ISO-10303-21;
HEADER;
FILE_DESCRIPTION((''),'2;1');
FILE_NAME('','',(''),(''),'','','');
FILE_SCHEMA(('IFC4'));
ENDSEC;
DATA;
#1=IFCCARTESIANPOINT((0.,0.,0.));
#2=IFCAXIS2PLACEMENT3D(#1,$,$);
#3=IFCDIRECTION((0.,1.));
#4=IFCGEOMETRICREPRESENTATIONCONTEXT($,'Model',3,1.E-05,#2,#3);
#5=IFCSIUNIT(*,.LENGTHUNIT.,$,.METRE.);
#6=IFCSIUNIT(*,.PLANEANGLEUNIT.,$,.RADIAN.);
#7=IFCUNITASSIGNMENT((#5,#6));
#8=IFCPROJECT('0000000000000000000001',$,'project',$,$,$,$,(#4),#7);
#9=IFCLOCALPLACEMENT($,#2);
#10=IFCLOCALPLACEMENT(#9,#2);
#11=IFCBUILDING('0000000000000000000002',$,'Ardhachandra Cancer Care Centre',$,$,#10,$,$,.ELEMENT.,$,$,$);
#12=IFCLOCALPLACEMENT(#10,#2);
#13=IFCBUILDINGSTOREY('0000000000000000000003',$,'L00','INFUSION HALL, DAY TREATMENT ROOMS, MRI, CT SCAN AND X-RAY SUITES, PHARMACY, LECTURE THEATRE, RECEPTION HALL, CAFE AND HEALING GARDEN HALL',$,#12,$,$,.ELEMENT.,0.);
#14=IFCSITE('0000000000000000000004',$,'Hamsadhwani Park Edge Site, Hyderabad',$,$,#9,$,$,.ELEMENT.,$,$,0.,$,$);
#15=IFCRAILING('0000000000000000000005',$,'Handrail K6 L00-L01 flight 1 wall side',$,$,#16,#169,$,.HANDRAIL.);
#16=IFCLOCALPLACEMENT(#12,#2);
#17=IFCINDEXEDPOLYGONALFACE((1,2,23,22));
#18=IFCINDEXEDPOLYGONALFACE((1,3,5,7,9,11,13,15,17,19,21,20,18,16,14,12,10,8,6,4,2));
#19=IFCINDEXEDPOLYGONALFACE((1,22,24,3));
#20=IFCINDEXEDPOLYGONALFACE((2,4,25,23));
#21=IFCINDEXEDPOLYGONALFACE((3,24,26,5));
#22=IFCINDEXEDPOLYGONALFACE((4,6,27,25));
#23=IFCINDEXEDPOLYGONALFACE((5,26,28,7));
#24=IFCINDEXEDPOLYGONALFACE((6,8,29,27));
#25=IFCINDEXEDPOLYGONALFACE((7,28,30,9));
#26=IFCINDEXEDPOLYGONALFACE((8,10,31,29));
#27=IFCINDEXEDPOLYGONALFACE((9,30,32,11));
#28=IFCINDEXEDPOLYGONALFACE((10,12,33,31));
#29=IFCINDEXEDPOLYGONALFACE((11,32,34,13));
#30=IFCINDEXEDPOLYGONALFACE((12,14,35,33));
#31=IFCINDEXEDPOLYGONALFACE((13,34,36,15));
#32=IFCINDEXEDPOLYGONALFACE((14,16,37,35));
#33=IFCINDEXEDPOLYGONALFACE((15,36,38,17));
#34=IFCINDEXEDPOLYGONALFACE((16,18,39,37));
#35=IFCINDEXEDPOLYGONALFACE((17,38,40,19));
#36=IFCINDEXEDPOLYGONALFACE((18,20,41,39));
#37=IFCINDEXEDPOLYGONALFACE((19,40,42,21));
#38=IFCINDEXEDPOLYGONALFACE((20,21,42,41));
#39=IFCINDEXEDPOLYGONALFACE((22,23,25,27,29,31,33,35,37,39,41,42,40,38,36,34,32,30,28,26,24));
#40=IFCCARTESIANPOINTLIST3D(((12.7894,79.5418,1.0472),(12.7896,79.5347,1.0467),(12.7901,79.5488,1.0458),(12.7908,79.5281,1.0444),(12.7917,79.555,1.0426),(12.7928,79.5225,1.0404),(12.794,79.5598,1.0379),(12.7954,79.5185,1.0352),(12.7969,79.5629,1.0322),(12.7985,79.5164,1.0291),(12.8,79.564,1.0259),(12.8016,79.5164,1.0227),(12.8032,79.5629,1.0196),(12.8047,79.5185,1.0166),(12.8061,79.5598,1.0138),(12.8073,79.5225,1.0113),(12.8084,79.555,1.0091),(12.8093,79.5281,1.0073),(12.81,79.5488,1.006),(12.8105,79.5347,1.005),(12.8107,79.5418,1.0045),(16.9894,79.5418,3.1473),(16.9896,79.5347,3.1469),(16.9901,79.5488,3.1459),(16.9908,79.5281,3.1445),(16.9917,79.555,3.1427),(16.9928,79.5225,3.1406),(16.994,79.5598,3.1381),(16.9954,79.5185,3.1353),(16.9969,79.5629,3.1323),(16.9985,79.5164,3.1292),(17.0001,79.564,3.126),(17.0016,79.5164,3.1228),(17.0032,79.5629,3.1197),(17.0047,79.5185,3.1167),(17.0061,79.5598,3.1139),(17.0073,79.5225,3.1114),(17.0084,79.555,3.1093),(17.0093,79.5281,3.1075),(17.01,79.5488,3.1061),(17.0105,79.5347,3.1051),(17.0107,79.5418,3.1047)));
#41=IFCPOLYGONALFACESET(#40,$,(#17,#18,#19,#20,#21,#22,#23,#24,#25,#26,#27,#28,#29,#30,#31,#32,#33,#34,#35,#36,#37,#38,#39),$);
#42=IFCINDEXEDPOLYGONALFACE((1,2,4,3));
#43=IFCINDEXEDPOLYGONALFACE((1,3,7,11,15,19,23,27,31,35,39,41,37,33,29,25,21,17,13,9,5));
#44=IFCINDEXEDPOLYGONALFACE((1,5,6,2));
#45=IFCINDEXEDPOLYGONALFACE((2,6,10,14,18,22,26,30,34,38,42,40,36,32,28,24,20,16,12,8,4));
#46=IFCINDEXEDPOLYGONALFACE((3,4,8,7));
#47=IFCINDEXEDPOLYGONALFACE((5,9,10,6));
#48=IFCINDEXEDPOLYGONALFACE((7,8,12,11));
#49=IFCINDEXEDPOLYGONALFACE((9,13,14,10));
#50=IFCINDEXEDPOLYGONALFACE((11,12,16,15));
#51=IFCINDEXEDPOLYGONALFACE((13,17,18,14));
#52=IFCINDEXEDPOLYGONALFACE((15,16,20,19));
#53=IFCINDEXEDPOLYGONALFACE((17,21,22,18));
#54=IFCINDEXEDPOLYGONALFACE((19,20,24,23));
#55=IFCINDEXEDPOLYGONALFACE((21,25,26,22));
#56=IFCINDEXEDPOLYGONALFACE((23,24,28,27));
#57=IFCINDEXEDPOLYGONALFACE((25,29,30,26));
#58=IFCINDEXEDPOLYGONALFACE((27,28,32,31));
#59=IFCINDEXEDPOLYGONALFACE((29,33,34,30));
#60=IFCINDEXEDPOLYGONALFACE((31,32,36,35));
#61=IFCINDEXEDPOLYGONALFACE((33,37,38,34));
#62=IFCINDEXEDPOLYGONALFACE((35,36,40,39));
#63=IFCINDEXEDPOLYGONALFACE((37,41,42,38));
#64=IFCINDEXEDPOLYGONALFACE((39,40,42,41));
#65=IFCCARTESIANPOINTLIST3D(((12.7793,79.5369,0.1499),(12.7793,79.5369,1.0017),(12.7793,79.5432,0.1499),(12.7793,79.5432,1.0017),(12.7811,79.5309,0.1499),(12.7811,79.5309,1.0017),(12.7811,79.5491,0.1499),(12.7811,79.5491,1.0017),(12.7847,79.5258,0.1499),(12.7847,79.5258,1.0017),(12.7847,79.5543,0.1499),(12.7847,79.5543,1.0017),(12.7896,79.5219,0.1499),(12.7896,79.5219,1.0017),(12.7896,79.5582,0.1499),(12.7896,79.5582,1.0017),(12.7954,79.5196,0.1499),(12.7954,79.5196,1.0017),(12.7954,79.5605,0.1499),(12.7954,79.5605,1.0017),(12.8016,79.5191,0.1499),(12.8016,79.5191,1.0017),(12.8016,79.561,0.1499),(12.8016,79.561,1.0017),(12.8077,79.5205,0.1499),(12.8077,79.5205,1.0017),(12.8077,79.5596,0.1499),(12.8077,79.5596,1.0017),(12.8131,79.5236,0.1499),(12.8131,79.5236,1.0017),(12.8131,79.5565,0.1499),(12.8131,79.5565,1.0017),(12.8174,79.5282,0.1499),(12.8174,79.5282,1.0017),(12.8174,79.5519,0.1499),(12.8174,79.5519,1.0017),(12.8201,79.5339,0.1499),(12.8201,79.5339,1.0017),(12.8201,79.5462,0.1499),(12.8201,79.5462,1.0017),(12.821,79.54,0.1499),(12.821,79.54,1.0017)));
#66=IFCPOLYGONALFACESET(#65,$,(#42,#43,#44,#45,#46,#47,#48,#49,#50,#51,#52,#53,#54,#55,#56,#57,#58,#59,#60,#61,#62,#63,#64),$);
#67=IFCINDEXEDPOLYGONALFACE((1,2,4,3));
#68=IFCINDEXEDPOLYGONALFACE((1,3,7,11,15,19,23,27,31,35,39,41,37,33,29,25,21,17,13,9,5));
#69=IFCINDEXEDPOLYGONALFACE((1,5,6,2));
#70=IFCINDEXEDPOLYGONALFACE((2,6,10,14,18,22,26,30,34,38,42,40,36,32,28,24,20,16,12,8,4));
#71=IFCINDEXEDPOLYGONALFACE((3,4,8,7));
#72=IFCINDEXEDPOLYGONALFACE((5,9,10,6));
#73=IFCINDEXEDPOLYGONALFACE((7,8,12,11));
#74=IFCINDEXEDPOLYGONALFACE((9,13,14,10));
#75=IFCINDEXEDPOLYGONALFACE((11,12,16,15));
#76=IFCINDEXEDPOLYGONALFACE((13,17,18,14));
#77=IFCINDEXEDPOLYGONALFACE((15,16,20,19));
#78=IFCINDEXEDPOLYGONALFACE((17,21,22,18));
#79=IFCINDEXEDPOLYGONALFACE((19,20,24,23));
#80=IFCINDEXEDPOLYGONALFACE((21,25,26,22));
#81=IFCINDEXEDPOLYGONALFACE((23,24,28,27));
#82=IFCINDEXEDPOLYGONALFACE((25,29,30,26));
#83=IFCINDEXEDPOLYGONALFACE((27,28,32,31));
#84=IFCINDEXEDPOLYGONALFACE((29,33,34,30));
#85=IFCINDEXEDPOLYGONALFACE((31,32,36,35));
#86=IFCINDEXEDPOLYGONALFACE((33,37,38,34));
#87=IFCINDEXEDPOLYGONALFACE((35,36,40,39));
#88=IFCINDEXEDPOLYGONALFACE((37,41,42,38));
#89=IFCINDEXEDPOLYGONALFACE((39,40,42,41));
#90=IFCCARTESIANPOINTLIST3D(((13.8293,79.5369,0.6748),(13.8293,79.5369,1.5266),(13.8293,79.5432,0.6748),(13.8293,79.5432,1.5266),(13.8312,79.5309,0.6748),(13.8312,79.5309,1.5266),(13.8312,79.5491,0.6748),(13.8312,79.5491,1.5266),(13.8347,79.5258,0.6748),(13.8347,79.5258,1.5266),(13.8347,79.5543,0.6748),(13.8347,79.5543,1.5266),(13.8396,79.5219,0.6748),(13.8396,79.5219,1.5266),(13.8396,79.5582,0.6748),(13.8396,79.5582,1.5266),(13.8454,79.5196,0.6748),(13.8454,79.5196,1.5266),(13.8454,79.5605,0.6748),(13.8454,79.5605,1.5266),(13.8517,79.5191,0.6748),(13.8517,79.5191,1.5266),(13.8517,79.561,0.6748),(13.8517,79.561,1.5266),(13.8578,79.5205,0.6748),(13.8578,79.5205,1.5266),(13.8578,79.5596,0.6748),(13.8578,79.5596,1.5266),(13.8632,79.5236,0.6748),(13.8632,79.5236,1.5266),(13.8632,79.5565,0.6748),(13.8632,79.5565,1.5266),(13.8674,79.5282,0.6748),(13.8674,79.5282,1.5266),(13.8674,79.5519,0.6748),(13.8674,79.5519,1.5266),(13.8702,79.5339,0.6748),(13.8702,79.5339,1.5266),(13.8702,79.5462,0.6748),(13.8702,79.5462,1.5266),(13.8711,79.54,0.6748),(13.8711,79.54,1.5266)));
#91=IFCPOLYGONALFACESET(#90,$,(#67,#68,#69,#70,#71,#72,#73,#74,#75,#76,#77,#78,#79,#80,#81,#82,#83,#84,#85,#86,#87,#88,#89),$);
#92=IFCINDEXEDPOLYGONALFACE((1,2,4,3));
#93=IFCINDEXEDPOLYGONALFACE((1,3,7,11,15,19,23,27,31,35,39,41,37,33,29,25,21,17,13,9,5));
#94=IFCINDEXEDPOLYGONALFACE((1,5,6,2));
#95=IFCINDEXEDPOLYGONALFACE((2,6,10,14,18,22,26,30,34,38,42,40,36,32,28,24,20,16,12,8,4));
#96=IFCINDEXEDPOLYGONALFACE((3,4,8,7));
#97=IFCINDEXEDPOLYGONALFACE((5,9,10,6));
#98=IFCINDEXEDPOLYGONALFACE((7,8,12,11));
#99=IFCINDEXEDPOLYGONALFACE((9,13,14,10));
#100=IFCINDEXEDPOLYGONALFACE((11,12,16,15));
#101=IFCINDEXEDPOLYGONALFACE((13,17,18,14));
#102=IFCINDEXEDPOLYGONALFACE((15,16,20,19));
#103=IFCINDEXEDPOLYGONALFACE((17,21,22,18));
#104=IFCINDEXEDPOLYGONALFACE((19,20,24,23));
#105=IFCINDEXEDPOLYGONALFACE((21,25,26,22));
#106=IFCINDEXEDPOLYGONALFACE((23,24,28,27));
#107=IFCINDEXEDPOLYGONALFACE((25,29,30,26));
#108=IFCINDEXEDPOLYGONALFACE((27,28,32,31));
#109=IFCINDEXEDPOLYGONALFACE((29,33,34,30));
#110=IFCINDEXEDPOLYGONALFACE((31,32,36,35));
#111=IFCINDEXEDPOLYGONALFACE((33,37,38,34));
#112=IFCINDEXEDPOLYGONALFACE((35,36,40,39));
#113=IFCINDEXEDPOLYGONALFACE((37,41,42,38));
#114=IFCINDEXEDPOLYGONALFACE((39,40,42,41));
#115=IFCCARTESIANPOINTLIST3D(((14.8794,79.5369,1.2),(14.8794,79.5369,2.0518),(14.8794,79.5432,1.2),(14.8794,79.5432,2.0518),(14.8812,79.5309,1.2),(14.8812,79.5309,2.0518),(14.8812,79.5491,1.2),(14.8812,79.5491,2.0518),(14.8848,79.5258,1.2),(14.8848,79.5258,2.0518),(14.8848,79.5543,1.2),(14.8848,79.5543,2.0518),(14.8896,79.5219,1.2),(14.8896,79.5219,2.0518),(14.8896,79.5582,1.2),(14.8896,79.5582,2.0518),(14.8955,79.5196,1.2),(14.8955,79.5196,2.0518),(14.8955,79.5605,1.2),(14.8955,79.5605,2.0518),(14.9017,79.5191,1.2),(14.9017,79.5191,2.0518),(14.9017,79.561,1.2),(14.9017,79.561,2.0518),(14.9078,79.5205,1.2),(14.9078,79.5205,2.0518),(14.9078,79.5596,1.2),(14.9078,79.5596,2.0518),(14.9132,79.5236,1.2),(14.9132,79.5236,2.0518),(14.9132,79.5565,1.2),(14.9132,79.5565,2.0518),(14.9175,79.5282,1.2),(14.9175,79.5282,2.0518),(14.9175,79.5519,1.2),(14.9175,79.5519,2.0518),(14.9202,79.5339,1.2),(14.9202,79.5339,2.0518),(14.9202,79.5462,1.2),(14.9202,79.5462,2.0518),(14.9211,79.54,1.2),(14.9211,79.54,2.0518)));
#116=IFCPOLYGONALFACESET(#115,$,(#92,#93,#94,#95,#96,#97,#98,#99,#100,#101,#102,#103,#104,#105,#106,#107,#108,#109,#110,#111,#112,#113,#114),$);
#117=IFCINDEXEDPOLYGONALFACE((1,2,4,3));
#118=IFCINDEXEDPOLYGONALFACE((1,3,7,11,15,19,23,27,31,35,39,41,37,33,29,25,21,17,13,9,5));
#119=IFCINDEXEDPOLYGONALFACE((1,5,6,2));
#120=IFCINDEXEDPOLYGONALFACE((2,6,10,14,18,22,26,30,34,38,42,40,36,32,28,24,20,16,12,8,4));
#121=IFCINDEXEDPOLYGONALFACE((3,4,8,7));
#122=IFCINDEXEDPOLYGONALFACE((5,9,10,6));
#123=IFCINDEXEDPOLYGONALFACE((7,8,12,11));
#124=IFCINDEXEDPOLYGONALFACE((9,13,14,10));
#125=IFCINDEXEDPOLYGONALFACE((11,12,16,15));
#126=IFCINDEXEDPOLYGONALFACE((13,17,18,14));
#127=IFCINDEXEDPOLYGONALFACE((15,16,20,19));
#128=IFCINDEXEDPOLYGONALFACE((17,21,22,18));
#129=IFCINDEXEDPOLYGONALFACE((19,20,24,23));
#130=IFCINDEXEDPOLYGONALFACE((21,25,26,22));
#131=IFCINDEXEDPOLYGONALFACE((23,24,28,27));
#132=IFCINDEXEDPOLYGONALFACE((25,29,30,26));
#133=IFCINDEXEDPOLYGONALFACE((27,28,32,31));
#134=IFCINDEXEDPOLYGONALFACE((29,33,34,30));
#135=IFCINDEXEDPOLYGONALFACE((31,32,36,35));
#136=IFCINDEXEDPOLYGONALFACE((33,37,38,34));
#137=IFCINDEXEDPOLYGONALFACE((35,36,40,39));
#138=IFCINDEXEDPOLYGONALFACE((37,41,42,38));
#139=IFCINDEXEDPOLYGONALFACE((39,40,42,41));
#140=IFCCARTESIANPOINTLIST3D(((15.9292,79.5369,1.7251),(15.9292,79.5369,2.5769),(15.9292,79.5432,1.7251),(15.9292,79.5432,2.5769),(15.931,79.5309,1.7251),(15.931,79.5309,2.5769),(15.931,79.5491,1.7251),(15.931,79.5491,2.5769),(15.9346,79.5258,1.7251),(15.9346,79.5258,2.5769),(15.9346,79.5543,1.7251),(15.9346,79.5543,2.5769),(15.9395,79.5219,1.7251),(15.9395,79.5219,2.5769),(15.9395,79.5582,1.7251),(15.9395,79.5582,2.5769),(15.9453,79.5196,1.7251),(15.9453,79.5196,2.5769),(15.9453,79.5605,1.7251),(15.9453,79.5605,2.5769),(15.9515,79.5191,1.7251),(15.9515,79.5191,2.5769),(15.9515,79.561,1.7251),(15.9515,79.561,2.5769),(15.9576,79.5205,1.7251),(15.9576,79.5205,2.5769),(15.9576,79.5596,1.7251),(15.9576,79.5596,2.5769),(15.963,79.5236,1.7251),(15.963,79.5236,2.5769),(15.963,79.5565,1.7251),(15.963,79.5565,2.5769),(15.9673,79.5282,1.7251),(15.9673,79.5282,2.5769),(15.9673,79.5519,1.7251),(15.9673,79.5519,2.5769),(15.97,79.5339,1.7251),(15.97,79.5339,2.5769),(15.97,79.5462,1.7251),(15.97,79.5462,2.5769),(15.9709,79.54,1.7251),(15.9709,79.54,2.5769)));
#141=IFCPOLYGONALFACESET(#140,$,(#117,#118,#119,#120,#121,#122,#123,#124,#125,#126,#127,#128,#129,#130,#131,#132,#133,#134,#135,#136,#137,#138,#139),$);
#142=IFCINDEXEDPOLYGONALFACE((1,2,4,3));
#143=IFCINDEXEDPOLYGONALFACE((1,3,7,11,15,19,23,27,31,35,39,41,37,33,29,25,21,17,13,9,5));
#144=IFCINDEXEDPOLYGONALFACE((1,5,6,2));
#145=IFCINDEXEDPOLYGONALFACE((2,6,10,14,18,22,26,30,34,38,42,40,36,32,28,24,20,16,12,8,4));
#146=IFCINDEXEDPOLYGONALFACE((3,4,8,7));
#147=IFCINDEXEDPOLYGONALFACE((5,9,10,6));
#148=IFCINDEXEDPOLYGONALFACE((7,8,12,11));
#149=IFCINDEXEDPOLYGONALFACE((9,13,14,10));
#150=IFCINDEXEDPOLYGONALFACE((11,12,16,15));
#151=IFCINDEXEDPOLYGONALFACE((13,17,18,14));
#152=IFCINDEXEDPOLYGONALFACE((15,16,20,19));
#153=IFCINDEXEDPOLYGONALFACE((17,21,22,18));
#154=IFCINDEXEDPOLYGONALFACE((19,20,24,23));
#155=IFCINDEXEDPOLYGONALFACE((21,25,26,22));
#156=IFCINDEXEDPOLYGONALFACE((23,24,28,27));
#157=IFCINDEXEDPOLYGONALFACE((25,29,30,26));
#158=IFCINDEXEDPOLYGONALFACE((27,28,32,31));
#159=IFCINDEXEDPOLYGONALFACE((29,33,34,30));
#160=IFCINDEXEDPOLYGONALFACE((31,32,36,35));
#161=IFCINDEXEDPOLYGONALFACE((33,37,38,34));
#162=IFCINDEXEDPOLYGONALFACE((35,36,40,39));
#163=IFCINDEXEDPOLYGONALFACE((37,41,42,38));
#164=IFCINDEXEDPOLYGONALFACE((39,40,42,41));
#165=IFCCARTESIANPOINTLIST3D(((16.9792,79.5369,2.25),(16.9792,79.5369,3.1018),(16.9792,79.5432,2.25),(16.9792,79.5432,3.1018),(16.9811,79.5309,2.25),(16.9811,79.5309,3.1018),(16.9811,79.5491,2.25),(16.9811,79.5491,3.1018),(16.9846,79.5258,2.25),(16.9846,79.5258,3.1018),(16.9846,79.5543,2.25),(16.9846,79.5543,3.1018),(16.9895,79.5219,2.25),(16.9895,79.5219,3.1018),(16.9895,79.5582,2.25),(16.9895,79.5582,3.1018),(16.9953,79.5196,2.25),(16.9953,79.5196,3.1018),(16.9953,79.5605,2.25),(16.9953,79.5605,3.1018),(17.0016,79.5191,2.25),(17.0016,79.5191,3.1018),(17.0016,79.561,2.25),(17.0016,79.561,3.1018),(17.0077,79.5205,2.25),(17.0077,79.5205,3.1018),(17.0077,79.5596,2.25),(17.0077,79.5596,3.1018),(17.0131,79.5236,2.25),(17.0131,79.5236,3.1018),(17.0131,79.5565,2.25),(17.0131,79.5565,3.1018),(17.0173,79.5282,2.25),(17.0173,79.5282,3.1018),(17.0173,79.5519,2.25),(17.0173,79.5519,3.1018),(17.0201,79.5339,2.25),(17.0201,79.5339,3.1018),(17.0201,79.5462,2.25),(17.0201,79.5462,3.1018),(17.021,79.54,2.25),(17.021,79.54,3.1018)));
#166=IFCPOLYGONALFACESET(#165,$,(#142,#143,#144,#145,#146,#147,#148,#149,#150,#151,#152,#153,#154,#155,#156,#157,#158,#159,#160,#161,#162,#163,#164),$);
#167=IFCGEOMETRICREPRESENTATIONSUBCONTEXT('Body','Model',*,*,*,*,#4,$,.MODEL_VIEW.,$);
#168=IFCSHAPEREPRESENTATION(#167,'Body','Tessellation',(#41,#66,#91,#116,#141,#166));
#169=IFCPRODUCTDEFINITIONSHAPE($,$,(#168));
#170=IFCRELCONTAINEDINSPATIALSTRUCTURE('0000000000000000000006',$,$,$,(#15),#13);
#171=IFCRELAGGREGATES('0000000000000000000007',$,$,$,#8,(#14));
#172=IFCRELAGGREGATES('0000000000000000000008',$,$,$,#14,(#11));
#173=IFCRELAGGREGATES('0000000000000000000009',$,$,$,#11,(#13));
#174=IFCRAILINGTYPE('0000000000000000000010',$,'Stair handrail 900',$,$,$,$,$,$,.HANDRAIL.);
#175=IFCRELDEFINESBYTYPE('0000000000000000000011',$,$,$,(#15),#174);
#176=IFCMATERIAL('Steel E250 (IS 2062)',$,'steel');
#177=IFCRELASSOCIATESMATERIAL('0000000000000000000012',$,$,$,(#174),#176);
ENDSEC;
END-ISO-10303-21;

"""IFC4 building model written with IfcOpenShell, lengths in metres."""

from ifc_helpers import new_model, si_unit, direction, frame, origin, origin_2d, place, context, subcontext, project, spatial, circle, extrude, material, type_object, element, save


model = new_model("IFC4")

# Units and contexts
model_context = context("Model", 3, precision=1e-05, world=origin(), true_north=direction((0.0, 1.0)))
body_context = subcontext(model_context, "Body", "Model", "MODEL_VIEW")
ifc_project = project(units=[si_unit("LENGTHUNIT", "METRE"), si_unit("PLANEANGLEUNIT", "RADIAN")], contexts=[model_context])

# Site, building, storey
site_placement = place(None, origin())
site = spatial("IfcSite", under=ifc_project, at=site_placement, Name="Hamsadhwani Park Edge Site, Hyderabad", CompositionType="ELEMENT", RefElevation=0.0)
building_placement = place(site_placement, origin())
building = spatial("IfcBuilding", under=site, at=building_placement, Name="Ardhachandra Cancer Care Centre", CompositionType="ELEMENT")
storey_placement = place(building_placement, origin())
storey = spatial("IfcBuildingStorey", under=building, at=storey_placement, Name="L00", Description="INFUSION HALL, DAY TREATMENT ROOMS, MRI, CT SCAN AND X-RAY SUITES, PHARMACY, LECTURE THEATRE, RECEPTION HALL, CAFE AND HEALING GARDEN HALL", CompositionType="ELEMENT", Elevation=0.0)

# Railing
ifc_material_1 = material(Name="Steel E250 (IS 2062)", Category="steel")
railing_type_1 = type_object("IfcRailingType", Name="Stair handrail 900", PredefinedType="HANDRAIL", material=ifc_material_1)
for number, where, name in (
    (1, (12.8, 79.54, 0.1499), "Handrail K6 L00-L01 flight 1 wall side"),
):
    element("IfcRailing", number, at=place(storey_placement, frame(where)), inside=storey, type_object=railing_type_1, Name=name, PredefinedType="HANDRAIL", context=body_context, shape_type="SweptSolid", body=[
        extrude(circle(Radius=0.0239, at=origin_2d()), frame((0.0, 0.0, 0.876), z_axis=(0.894417, 0.0, 0.447234), x_axis=(0.0, 1.0, 0.0)), (0.0, 0.0, 1.0), 4.6958),
        extrude(circle(Radius=0.021, at=origin_2d()), origin(), (0.0, 0.0, 1.0), 0.8518),
        extrude(circle(Radius=0.021, at=origin_2d()), frame((1.05, 0.0, 0.5249)), (0.0, 0.0, 1.0), 0.8518),
        extrude(circle(Radius=0.021, at=origin_2d()), frame((2.1001, 0.0, 1.05)), (0.0, 0.0, 1.0), 0.8518),
        extrude(circle(Radius=0.021, at=origin_2d()), frame((3.1499, 0.0, 1.5752)), (0.0, 0.0, 1.0), 0.8518),
        extrude(circle(Radius=0.021, at=origin_2d()), frame((4.2, 0.0, 2.1001)), (0.0, 0.0, 1.0), 0.8518),
    ])

save(model, "model.ifc")
